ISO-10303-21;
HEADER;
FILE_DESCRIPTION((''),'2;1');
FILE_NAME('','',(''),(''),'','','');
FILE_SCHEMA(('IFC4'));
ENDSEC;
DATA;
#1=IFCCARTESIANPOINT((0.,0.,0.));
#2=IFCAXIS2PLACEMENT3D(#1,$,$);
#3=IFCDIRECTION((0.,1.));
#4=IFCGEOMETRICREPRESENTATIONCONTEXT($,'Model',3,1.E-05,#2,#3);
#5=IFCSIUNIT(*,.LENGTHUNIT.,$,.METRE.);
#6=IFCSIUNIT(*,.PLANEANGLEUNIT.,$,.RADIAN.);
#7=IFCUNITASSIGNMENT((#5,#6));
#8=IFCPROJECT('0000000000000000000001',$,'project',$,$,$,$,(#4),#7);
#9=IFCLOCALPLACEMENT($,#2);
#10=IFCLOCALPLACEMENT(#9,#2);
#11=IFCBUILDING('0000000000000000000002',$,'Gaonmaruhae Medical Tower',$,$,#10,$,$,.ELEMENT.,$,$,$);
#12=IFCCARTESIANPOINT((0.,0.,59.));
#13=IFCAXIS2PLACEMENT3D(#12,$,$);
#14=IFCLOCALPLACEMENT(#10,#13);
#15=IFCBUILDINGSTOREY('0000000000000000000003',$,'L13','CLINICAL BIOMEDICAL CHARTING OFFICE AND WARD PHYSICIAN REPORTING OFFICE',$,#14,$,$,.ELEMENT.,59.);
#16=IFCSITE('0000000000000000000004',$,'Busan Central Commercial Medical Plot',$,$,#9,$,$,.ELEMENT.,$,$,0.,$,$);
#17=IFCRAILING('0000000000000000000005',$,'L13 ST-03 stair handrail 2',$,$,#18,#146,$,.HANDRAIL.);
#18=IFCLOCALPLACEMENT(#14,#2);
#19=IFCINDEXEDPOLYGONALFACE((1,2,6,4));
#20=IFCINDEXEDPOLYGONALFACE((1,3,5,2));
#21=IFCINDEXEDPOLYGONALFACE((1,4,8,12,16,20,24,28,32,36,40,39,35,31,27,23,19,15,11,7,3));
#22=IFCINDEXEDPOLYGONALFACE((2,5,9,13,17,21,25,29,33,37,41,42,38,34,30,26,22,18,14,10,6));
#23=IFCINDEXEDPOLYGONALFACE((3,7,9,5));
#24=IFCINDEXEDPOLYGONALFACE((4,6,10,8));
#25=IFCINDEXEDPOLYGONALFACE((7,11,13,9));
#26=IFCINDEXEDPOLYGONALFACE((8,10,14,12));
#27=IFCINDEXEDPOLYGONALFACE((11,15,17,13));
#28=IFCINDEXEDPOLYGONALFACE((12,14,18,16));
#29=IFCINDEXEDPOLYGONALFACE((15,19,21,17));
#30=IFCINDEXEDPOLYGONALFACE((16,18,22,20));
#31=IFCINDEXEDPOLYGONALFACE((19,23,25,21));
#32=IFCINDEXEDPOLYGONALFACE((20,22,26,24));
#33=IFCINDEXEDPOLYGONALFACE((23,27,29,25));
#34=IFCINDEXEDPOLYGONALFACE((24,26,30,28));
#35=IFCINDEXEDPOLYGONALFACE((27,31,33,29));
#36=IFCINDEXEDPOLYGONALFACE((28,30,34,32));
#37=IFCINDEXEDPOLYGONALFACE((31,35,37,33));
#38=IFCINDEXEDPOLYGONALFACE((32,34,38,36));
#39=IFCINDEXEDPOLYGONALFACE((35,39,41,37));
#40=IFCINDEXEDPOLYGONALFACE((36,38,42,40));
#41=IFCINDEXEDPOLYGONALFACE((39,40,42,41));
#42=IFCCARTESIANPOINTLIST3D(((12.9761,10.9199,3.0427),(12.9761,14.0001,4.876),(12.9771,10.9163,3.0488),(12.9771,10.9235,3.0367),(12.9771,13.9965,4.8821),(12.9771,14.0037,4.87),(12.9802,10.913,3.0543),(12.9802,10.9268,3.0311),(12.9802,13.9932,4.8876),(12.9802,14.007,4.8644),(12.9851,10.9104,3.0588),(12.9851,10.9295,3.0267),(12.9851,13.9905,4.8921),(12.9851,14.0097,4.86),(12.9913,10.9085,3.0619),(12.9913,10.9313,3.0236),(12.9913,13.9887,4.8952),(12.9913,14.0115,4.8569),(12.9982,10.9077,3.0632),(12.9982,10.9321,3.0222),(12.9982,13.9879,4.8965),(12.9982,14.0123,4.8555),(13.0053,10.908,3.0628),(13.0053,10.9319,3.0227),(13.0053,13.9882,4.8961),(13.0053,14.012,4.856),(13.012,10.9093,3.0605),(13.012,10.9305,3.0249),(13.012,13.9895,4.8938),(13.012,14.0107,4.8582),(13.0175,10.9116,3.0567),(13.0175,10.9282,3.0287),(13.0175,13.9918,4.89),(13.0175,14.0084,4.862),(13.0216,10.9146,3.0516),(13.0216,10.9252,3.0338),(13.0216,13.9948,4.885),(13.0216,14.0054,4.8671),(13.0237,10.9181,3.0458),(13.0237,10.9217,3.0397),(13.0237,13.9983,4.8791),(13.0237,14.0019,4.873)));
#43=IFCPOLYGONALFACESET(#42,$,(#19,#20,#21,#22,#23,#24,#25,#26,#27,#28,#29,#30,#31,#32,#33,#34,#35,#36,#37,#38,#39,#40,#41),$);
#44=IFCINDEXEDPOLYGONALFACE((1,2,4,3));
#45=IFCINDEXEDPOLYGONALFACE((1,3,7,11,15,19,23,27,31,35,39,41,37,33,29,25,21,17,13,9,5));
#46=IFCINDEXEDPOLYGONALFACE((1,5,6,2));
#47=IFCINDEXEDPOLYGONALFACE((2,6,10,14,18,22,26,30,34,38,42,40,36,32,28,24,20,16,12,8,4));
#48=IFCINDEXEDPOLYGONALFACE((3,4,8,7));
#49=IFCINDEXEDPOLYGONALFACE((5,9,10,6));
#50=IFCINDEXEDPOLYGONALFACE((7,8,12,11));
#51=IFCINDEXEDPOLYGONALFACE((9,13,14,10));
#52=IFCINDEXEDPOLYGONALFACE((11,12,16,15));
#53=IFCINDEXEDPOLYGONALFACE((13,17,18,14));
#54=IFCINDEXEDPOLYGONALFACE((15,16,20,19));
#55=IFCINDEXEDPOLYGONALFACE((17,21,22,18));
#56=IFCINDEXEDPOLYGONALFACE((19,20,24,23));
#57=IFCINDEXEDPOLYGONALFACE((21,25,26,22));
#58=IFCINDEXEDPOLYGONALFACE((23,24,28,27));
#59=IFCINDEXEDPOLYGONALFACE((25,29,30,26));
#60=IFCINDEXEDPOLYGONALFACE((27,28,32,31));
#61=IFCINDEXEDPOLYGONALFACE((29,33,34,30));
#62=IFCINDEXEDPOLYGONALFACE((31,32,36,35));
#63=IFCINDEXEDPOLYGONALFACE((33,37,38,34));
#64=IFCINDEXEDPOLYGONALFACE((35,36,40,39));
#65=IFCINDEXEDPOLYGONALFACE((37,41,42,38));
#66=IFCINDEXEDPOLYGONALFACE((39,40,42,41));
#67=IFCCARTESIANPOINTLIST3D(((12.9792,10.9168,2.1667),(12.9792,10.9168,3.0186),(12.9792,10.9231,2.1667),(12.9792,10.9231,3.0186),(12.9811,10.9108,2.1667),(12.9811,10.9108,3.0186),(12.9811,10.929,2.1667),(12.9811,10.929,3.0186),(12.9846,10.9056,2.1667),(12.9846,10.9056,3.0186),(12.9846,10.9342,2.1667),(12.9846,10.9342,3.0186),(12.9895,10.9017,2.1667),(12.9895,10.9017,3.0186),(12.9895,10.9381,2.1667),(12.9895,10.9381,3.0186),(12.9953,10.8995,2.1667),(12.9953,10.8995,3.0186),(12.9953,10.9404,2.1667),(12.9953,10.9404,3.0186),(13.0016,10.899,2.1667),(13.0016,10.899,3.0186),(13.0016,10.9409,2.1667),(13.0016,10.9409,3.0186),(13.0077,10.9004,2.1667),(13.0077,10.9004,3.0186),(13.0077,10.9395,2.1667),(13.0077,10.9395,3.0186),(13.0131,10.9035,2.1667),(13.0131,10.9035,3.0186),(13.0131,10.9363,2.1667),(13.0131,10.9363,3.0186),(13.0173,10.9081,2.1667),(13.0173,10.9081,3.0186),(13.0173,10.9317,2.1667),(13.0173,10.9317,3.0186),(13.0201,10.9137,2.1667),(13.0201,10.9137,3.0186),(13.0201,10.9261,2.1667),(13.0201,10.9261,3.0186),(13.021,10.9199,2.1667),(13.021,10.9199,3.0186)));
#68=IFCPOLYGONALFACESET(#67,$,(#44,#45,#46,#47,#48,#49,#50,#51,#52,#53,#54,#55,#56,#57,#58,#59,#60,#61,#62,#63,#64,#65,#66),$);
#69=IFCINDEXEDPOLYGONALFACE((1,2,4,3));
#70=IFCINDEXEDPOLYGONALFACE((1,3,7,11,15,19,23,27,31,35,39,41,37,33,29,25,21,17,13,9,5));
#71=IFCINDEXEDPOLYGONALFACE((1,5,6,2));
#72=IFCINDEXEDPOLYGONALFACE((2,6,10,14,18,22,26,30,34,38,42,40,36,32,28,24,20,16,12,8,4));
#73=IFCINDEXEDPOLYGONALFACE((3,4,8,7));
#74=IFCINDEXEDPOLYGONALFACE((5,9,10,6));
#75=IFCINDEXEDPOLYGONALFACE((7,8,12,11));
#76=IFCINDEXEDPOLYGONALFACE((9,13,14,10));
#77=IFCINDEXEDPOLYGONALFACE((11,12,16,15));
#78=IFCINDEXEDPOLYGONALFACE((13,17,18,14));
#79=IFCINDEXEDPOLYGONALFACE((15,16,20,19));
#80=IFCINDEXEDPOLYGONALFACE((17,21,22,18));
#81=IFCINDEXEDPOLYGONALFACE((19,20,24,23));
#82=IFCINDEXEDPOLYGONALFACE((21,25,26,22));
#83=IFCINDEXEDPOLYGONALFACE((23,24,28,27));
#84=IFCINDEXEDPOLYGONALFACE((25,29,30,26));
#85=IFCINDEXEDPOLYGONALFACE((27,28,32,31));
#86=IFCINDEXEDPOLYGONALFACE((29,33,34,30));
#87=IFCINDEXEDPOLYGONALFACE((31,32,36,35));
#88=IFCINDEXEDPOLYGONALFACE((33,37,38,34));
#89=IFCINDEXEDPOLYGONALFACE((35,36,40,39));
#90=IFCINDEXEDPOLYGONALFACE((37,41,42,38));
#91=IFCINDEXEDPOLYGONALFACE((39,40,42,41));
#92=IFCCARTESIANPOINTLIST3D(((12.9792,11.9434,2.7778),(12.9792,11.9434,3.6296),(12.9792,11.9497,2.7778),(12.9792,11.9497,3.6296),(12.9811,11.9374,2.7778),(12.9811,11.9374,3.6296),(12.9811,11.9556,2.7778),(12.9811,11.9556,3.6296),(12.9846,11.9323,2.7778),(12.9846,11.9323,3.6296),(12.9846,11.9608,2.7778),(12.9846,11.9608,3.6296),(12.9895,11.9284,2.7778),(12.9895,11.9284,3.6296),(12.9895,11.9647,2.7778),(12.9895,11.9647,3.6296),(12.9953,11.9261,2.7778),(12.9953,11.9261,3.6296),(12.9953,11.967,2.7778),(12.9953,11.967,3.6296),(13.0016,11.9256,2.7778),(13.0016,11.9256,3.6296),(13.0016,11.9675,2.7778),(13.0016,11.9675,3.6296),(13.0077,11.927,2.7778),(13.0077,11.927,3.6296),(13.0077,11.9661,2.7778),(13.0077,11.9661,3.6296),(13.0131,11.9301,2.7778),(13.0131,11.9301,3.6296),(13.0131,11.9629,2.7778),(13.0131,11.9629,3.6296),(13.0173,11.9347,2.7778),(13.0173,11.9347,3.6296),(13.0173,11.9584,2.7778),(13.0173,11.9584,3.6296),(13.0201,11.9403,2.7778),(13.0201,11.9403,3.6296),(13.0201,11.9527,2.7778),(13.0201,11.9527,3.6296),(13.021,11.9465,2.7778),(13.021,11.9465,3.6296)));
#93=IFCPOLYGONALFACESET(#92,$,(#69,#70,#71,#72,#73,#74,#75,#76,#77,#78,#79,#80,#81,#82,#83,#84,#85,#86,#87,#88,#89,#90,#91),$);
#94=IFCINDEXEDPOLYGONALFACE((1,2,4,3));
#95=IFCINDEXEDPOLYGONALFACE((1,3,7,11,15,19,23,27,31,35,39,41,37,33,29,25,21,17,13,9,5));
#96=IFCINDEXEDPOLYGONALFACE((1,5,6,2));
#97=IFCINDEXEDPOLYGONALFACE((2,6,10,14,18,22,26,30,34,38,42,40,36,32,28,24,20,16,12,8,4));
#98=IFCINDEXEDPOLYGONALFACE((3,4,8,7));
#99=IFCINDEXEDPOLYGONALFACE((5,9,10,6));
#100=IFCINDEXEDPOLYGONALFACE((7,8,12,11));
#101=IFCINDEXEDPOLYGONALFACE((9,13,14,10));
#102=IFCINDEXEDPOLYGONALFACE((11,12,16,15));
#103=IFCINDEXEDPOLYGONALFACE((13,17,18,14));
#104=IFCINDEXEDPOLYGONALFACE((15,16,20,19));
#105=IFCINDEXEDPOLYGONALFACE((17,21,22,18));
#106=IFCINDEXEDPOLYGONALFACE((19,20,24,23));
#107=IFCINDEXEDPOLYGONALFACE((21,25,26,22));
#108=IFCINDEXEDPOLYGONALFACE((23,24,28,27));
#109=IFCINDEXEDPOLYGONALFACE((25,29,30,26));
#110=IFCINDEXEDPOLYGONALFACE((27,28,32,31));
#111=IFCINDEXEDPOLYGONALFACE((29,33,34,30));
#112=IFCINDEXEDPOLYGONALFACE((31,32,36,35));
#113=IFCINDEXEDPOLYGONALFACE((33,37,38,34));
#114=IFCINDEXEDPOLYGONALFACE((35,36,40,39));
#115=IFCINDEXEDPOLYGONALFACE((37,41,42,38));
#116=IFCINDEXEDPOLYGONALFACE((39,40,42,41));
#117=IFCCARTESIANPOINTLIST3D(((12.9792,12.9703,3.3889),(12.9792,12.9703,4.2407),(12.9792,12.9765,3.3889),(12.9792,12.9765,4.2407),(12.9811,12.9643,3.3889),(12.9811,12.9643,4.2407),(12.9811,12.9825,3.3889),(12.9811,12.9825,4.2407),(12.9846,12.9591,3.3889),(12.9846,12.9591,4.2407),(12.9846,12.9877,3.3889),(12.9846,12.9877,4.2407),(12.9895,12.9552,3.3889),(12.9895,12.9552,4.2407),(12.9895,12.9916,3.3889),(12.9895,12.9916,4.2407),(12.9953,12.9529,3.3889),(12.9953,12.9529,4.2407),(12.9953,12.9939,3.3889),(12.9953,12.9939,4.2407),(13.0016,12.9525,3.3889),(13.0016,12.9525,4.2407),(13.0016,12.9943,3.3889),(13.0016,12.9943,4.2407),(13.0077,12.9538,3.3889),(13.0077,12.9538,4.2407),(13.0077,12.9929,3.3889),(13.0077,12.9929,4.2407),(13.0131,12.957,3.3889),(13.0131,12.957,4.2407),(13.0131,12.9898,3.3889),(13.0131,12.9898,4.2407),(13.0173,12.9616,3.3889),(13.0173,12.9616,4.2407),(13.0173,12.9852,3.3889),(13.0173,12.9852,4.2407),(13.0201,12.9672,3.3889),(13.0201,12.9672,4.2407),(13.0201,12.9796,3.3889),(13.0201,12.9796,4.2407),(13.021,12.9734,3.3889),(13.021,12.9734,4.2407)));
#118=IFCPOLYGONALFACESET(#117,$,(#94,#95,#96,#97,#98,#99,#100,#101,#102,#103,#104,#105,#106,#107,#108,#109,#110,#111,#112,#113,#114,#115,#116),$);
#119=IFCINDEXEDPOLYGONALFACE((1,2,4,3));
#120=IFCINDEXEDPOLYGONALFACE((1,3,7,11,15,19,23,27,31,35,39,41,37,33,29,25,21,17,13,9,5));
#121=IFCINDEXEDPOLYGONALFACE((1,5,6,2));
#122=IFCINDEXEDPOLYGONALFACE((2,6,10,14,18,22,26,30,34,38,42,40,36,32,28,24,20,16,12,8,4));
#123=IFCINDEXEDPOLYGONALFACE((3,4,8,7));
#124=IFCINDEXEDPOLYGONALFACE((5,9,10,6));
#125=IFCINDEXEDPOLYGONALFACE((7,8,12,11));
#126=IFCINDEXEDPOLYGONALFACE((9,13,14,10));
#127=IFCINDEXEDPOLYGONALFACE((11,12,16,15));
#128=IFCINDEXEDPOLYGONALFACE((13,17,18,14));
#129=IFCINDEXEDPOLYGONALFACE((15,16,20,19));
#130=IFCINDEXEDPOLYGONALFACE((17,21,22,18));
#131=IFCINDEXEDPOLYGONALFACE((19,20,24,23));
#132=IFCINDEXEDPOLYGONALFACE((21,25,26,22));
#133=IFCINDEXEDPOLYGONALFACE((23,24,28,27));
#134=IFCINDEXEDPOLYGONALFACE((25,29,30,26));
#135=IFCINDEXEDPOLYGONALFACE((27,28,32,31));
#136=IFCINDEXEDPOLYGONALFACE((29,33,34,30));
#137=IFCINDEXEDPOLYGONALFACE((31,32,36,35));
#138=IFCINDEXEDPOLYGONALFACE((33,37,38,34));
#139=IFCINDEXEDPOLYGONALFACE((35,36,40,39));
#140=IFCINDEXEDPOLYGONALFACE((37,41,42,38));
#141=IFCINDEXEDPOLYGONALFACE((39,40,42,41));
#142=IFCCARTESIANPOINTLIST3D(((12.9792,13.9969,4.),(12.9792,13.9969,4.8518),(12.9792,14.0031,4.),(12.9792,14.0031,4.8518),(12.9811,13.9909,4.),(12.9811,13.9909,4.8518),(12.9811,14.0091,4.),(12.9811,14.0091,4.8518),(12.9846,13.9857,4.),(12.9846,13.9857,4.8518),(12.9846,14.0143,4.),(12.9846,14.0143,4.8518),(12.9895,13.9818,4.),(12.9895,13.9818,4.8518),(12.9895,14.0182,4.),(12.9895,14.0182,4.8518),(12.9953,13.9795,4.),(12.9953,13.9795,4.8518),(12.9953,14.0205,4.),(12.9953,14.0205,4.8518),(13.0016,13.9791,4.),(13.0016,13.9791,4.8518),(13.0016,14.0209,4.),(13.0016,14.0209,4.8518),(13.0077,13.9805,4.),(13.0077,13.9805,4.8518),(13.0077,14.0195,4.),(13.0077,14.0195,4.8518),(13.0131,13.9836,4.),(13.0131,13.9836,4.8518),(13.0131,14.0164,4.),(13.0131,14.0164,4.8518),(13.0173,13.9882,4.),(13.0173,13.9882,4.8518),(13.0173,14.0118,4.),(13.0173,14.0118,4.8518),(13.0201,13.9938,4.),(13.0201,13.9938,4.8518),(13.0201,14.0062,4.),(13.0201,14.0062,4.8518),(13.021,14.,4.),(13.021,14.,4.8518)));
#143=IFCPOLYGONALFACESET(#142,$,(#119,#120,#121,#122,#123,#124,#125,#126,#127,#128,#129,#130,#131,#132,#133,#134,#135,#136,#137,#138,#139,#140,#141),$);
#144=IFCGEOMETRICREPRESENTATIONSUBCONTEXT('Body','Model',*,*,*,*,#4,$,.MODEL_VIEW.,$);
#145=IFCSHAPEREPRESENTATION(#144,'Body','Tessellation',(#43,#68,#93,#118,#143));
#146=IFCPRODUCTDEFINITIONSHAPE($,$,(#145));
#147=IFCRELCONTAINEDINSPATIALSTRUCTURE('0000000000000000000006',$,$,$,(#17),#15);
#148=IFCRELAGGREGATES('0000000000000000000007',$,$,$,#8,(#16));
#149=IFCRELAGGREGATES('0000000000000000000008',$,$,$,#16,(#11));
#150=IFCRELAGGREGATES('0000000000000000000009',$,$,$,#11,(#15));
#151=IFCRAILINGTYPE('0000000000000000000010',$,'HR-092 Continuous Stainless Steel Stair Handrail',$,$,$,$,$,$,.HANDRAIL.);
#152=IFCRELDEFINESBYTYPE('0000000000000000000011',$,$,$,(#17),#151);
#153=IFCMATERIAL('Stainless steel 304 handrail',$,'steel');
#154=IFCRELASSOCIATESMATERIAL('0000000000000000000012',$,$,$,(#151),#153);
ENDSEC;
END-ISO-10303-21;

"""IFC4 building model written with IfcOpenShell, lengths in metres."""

from ifc_helpers import new_model, si_unit, direction, frame, origin, origin_2d, place, context, subcontext, project, spatial, circle, extrude, material, type_object, element, save


model = new_model("IFC4")

# Units and contexts
model_context = context("Model", 3, precision=1e-05, world=origin(), true_north=direction((0.0, 1.0)))
body_context = subcontext(model_context, "Body", "Model", "MODEL_VIEW")
ifc_project = project(units=[si_unit("LENGTHUNIT", "METRE"), si_unit("PLANEANGLEUNIT", "RADIAN")], contexts=[model_context])

# Site, building, storey
site_placement = place(None, origin())
site = spatial("IfcSite", under=ifc_project, at=site_placement, Name="Busan Central Commercial Medical Plot", CompositionType="ELEMENT", RefElevation=0.0)
building_placement = place(site_placement, origin())
building = spatial("IfcBuilding", under=site, at=building_placement, Name="Gaonmaruhae Medical Tower", CompositionType="ELEMENT")
storey_placement = place(building_placement, frame((0.0, 0.0, 59.0)))
storey = spatial("IfcBuildingStorey", under=building, at=storey_placement, Name="L13", Description="CLINICAL BIOMEDICAL CHARTING OFFICE AND WARD PHYSICIAN REPORTING OFFICE", CompositionType="ELEMENT", Elevation=59.0)

# Railing
ifc_material_1 = material(Name="Stainless steel 304 handrail", Category="steel")
railing_type_1 = type_object("IfcRailingType", Name="HR-092 Continuous Stainless Steel Stair Handrail", PredefinedType="HANDRAIL", material=ifc_material_1)
railing_1_placement = place(storey_placement, frame((13.0, 10.9199, 2.1667)))
element("IfcRailing", 1, at=railing_1_placement, inside=storey, type_object=railing_type_1, Name="L13 ST-03 stair handrail 2", PredefinedType="HANDRAIL", context=body_context, shape_type="SweptSolid", body=[
    extrude(circle(Radius=0.0239, at=origin_2d()), frame((0.0, 0.0, 0.876), z_axis=(0.0, 0.859309, 0.511458), x_axis=(-1.0, 0.0, 0.0)), (0.0, 0.0, 1.0), 3.5845),
    extrude(circle(Radius=0.021, at=origin_2d()), origin(), (0.0, 0.0, 1.0), 0.8518),
    extrude(circle(Radius=0.021, at=origin_2d()), frame((0.0, 1.0266, 0.6111)), (0.0, 0.0, 1.0), 0.8518),
    extrude(circle(Radius=0.021, at=origin_2d()), frame((0.0, 2.0535, 1.2222)), (0.0, 0.0, 1.0), 0.8518),
    extrude(circle(Radius=0.021, at=origin_2d()), frame((0.0, 3.0801, 1.8333)), (0.0, 0.0, 1.0), 0.8518),
])

save(model, "model.ifc")
